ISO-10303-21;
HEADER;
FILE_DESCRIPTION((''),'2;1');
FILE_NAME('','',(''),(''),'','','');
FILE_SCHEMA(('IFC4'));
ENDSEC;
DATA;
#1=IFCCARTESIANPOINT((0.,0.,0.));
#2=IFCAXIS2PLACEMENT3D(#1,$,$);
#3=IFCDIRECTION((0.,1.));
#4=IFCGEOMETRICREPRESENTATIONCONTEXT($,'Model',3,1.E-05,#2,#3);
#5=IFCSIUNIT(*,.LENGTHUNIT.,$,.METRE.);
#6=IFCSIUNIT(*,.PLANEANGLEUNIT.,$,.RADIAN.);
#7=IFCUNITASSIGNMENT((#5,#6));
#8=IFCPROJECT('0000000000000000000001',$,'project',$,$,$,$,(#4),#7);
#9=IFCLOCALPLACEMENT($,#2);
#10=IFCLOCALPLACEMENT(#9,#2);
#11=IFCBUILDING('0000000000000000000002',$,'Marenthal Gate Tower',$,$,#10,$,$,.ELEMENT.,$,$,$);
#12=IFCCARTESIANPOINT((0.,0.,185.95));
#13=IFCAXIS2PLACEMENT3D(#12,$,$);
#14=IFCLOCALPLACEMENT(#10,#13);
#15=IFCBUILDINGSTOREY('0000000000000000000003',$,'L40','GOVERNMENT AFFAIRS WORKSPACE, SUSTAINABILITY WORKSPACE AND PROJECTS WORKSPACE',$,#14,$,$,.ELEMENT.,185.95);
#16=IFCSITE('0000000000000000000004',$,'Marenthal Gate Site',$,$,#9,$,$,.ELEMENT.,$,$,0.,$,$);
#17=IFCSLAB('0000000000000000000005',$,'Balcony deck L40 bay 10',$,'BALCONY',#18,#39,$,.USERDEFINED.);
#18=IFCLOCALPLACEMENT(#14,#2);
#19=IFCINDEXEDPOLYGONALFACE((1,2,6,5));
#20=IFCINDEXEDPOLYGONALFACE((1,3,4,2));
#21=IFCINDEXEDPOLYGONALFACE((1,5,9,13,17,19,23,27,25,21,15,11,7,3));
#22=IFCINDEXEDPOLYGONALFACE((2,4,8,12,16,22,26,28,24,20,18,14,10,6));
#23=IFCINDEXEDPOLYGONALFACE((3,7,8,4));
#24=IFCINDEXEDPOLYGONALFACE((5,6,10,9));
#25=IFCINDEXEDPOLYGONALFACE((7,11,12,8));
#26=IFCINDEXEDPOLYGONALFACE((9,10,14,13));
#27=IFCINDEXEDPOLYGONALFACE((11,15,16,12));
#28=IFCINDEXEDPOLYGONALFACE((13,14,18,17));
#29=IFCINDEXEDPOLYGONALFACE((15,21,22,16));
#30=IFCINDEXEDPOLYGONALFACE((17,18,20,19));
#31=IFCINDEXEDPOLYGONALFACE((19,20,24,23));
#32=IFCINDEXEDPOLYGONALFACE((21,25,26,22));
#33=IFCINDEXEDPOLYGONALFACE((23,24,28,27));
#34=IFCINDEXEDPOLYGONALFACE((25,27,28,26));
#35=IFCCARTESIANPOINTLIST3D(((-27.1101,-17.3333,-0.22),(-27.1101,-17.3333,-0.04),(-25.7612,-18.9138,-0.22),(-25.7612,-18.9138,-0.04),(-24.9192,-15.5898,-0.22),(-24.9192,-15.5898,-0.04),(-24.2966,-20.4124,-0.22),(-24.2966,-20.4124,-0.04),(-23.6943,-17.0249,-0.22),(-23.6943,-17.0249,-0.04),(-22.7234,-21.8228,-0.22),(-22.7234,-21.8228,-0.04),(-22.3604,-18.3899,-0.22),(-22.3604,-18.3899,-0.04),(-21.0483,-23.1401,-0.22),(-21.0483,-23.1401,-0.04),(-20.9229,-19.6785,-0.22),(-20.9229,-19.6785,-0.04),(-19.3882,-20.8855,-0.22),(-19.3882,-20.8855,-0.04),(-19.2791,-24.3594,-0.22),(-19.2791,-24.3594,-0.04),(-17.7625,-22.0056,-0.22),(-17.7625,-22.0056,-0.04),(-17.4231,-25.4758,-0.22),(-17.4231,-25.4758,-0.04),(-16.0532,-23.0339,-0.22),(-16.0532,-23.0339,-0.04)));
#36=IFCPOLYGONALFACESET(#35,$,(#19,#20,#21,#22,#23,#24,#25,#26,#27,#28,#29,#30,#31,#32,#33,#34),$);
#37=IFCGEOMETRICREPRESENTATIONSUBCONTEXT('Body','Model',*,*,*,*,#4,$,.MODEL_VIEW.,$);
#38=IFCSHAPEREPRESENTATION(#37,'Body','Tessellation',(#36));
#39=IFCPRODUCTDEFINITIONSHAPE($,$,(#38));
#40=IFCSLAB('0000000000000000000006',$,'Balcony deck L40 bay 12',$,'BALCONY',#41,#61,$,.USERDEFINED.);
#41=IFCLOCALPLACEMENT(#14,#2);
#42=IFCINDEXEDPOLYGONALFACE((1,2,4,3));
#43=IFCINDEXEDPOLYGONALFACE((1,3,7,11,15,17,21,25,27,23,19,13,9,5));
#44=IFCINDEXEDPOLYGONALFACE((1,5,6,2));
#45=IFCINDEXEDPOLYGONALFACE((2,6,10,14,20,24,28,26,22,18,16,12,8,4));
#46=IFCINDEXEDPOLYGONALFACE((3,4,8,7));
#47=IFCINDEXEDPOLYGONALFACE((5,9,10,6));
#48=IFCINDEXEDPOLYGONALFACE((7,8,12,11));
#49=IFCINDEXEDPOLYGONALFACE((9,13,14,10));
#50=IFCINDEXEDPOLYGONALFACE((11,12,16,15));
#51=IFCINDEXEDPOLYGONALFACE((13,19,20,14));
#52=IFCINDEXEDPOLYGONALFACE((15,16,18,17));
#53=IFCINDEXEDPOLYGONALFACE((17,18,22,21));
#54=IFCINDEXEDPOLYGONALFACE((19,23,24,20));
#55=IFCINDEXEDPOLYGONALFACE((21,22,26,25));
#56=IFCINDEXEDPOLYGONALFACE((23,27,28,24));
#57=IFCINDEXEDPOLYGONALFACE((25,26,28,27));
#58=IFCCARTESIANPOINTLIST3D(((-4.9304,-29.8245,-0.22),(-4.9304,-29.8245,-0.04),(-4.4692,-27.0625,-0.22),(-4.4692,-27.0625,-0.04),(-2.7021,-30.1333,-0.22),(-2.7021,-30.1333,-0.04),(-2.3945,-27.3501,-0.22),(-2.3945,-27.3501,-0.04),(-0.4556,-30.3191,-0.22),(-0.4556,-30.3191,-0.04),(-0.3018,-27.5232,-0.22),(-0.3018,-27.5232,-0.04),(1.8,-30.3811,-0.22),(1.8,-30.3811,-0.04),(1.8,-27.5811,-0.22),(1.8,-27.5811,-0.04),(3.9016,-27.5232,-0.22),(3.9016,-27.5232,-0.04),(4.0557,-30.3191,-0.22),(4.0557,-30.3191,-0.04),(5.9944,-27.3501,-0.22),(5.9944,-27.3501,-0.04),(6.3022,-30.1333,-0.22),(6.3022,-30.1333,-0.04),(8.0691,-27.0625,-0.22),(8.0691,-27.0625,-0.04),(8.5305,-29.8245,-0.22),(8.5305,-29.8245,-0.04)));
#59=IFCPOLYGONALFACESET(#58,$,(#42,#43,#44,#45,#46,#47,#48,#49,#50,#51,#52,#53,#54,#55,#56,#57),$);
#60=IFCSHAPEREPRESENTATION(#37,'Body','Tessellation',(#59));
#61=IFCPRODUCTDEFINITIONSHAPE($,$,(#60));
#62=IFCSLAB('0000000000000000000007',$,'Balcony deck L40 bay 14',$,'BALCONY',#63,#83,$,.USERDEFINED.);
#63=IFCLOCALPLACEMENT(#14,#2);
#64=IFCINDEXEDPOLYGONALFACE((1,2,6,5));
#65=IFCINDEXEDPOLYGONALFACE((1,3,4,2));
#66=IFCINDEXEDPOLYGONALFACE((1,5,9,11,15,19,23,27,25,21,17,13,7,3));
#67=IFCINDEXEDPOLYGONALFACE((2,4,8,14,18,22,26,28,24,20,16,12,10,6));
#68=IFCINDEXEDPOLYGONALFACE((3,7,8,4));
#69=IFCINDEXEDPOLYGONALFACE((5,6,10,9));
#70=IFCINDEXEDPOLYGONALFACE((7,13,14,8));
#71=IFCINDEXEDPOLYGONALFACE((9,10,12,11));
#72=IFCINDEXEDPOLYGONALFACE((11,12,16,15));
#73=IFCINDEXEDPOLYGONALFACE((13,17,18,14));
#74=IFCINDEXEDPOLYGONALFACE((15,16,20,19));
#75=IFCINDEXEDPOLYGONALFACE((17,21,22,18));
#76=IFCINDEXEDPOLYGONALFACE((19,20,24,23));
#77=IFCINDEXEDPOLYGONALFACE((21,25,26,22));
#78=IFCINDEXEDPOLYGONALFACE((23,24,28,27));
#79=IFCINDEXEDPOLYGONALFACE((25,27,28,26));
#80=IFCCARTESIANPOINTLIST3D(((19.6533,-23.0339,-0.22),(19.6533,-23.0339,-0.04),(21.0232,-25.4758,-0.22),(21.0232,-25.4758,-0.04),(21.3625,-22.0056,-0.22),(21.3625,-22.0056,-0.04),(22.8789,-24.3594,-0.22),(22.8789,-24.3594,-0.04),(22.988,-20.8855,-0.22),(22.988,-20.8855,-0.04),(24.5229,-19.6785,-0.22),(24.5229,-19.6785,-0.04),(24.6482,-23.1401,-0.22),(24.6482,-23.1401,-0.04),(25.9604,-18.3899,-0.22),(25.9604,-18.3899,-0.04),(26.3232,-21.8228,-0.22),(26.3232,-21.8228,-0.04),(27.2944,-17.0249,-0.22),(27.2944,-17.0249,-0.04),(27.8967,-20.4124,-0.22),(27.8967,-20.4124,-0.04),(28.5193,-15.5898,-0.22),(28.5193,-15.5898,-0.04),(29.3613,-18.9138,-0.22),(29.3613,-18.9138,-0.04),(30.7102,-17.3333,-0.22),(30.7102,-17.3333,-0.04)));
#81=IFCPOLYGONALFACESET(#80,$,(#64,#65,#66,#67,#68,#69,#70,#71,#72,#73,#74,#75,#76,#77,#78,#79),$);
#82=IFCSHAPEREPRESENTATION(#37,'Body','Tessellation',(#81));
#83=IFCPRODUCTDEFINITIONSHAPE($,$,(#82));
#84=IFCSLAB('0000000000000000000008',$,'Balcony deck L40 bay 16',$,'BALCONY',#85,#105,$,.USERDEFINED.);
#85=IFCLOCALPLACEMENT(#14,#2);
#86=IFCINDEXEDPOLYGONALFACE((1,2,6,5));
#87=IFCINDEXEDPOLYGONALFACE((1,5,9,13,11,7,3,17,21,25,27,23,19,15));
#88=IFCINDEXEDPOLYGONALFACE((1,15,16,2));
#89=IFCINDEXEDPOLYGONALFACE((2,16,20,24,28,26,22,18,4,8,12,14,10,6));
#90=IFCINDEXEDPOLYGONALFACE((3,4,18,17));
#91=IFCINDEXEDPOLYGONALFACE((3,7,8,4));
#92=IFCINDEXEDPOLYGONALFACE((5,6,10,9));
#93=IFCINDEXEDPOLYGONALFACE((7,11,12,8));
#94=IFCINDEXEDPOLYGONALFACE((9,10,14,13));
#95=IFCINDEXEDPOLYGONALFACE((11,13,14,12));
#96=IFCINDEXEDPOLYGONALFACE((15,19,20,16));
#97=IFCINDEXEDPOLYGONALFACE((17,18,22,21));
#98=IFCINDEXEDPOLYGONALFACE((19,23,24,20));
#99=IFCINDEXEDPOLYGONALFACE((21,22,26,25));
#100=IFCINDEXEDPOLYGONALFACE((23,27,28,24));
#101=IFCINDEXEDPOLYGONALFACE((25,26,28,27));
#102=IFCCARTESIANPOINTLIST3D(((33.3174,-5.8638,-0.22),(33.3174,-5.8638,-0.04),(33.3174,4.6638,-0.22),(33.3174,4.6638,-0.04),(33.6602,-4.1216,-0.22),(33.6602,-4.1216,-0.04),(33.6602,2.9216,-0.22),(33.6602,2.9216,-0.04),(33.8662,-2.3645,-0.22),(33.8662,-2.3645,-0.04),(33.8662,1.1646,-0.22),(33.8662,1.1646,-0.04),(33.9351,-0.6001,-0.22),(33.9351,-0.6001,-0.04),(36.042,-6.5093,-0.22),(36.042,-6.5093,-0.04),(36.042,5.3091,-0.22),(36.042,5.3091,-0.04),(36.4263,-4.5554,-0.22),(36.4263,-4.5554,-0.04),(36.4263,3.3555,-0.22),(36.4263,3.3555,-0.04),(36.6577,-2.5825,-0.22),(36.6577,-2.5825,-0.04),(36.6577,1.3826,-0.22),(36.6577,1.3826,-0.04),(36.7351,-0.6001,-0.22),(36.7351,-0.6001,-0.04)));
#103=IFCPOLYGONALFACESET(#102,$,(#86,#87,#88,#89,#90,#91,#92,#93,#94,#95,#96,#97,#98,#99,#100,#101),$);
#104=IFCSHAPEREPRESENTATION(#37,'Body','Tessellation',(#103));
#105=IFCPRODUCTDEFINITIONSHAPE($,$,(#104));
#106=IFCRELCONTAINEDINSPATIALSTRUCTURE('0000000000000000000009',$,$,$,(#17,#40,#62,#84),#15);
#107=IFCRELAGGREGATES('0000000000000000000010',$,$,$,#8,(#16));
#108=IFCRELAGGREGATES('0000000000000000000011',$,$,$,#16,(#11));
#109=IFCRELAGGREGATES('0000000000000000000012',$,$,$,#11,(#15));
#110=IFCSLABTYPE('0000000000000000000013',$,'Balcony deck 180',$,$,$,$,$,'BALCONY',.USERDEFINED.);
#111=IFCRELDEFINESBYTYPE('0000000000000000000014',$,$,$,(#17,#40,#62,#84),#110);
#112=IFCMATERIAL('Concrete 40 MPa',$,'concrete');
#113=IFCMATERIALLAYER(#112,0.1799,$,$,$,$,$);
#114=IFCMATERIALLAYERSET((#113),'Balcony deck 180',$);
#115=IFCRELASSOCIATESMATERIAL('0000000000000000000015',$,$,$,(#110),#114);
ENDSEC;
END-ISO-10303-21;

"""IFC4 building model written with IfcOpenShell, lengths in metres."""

from ifc_helpers import new_model, si_unit, direction, frame, origin, place, context, subcontext, project, spatial, polyline, outline, extrude, material, layer, layer_set, type_object, element, save


model = new_model("IFC4")

# Units and contexts
model_context = context("Model", 3, precision=1e-05, world=origin(), true_north=direction((0.0, 1.0)))
body_context = subcontext(model_context, "Body", "Model", "MODEL_VIEW")
ifc_project = project(units=[si_unit("LENGTHUNIT", "METRE"), si_unit("PLANEANGLEUNIT", "RADIAN")], contexts=[model_context])

# Site, building, storey
site_placement = place(None, origin())
site = spatial("IfcSite", under=ifc_project, at=site_placement, Name="Marenthal Gate Site", CompositionType="ELEMENT", RefElevation=0.0)
building_placement = place(site_placement, origin())
building = spatial("IfcBuilding", under=site, at=building_placement, Name="Marenthal Gate Tower", CompositionType="ELEMENT")
storey_placement = place(building_placement, frame((0.0, 0.0, 185.95)))
storey = spatial("IfcBuildingStorey", under=building, at=storey_placement, Name="L40", Description="GOVERNMENT AFFAIRS WORKSPACE, SUSTAINABILITY WORKSPACE AND PROJECTS WORKSPACE", CompositionType="ELEMENT", Elevation=185.95)

# Slabs
ifc_material_1 = material(Name="Concrete 40 MPa", Category="concrete")
ifc_layer_1 = layer(ifc_material_1, 0.1799)
ifc_layer_set_1 = layer_set([ifc_layer_1], Name="Balcony deck 180")
slab_type_1 = type_object("IfcSlabType", Name="Balcony deck 180", ElementType="BALCONY", PredefinedType="USERDEFINED", material=ifc_layer_set_1)
slab_1_placement = place(storey_placement, frame((0.0, 0.0, -0.22)))
element("IfcSlab", 1, at=slab_1_placement, inside=storey, type_object=slab_type_1, Name="Balcony deck L40 bay 10", ObjectType="BALCONY", PredefinedType="USERDEFINED", context=body_context, shape_type="SweptSolid", body=[
    extrude(outline(polyline([(-24.9192, -15.5898), (-23.6943, -17.0249), (-22.3604, -18.3899), (-20.9229, -19.6785), (-19.3882, -20.8855), (-17.7625, -22.0056), (-16.0532, -23.0339), (-17.4231, -25.4758), (-19.2791, -24.3594), (-21.0483, -23.1401), (-22.7234, -21.8228), (-24.2966, -20.4124), (-25.7612, -18.9138), (-27.1101, -17.3333), (-24.9192, -15.5898)])), origin(), (0.0, 0.0, 1.0), 0.1799),
])
slab_2_placement = place(storey_placement, frame((0.0, 0.0, -0.22)))
element("IfcSlab", 2, at=slab_2_placement, inside=storey, type_object=slab_type_1, Name="Balcony deck L40 bay 12", ObjectType="BALCONY", PredefinedType="USERDEFINED", context=body_context, shape_type="SweptSolid", body=[
    extrude(outline(polyline([(-4.4692, -27.0625), (-2.3945, -27.3501), (-0.3018, -27.5232), (1.8, -27.5811), (3.9016, -27.5232), (5.9944, -27.3501), (8.0691, -27.0625), (8.5305, -29.8245), (6.3022, -30.1333), (4.0557, -30.3191), (1.8, -30.3811), (-0.4556, -30.3191), (-2.7021, -30.1333), (-4.9304, -29.8245), (-4.4692, -27.0625)])), origin(), (0.0, 0.0, 1.0), 0.1799),
])
slab_3_placement = place(storey_placement, frame((0.0, 0.0, -0.22)))
element("IfcSlab", 3, at=slab_3_placement, inside=storey, type_object=slab_type_1, Name="Balcony deck L40 bay 14", ObjectType="BALCONY", PredefinedType="USERDEFINED", context=body_context, shape_type="SweptSolid", body=[
    extrude(outline(polyline([(19.6533, -23.0339), (21.3625, -22.0056), (22.988, -20.8855), (24.5229, -19.6785), (25.9604, -18.3899), (27.2944, -17.0249), (28.5193, -15.5898), (30.7102, -17.3333), (29.3613, -18.9138), (27.8967, -20.4124), (26.3232, -21.8228), (24.6482, -23.1401), (22.8789, -24.3594), (21.0232, -25.4758), (19.6533, -23.0339)])), origin(), (0.0, 0.0, 1.0), 0.1799),
])
slab_4_placement = place(storey_placement, frame((0.0, 0.0, -0.22)))
element("IfcSlab", 4, at=slab_4_placement, inside=storey, type_object=slab_type_1, Name="Balcony deck L40 bay 16", ObjectType="BALCONY", PredefinedType="USERDEFINED", context=body_context, shape_type="SweptSolid", body=[
    extrude(outline(polyline([(33.3174, -5.8638), (33.6602, -4.1216), (33.8662, -2.3645), (33.9351, -0.6001), (33.8662, 1.1646), (33.6602, 2.9216), (33.3174, 4.6638), (36.042, 5.3091), (36.4263, 3.3555), (36.6577, 1.3826), (36.7351, -0.6001), (36.6577, -2.5825), (36.4263, -4.5554), (36.042, -6.5093), (33.3174, -5.8638)])), origin(), (0.0, 0.0, 1.0), 0.1799),
])

save(model, "model.ifc")
